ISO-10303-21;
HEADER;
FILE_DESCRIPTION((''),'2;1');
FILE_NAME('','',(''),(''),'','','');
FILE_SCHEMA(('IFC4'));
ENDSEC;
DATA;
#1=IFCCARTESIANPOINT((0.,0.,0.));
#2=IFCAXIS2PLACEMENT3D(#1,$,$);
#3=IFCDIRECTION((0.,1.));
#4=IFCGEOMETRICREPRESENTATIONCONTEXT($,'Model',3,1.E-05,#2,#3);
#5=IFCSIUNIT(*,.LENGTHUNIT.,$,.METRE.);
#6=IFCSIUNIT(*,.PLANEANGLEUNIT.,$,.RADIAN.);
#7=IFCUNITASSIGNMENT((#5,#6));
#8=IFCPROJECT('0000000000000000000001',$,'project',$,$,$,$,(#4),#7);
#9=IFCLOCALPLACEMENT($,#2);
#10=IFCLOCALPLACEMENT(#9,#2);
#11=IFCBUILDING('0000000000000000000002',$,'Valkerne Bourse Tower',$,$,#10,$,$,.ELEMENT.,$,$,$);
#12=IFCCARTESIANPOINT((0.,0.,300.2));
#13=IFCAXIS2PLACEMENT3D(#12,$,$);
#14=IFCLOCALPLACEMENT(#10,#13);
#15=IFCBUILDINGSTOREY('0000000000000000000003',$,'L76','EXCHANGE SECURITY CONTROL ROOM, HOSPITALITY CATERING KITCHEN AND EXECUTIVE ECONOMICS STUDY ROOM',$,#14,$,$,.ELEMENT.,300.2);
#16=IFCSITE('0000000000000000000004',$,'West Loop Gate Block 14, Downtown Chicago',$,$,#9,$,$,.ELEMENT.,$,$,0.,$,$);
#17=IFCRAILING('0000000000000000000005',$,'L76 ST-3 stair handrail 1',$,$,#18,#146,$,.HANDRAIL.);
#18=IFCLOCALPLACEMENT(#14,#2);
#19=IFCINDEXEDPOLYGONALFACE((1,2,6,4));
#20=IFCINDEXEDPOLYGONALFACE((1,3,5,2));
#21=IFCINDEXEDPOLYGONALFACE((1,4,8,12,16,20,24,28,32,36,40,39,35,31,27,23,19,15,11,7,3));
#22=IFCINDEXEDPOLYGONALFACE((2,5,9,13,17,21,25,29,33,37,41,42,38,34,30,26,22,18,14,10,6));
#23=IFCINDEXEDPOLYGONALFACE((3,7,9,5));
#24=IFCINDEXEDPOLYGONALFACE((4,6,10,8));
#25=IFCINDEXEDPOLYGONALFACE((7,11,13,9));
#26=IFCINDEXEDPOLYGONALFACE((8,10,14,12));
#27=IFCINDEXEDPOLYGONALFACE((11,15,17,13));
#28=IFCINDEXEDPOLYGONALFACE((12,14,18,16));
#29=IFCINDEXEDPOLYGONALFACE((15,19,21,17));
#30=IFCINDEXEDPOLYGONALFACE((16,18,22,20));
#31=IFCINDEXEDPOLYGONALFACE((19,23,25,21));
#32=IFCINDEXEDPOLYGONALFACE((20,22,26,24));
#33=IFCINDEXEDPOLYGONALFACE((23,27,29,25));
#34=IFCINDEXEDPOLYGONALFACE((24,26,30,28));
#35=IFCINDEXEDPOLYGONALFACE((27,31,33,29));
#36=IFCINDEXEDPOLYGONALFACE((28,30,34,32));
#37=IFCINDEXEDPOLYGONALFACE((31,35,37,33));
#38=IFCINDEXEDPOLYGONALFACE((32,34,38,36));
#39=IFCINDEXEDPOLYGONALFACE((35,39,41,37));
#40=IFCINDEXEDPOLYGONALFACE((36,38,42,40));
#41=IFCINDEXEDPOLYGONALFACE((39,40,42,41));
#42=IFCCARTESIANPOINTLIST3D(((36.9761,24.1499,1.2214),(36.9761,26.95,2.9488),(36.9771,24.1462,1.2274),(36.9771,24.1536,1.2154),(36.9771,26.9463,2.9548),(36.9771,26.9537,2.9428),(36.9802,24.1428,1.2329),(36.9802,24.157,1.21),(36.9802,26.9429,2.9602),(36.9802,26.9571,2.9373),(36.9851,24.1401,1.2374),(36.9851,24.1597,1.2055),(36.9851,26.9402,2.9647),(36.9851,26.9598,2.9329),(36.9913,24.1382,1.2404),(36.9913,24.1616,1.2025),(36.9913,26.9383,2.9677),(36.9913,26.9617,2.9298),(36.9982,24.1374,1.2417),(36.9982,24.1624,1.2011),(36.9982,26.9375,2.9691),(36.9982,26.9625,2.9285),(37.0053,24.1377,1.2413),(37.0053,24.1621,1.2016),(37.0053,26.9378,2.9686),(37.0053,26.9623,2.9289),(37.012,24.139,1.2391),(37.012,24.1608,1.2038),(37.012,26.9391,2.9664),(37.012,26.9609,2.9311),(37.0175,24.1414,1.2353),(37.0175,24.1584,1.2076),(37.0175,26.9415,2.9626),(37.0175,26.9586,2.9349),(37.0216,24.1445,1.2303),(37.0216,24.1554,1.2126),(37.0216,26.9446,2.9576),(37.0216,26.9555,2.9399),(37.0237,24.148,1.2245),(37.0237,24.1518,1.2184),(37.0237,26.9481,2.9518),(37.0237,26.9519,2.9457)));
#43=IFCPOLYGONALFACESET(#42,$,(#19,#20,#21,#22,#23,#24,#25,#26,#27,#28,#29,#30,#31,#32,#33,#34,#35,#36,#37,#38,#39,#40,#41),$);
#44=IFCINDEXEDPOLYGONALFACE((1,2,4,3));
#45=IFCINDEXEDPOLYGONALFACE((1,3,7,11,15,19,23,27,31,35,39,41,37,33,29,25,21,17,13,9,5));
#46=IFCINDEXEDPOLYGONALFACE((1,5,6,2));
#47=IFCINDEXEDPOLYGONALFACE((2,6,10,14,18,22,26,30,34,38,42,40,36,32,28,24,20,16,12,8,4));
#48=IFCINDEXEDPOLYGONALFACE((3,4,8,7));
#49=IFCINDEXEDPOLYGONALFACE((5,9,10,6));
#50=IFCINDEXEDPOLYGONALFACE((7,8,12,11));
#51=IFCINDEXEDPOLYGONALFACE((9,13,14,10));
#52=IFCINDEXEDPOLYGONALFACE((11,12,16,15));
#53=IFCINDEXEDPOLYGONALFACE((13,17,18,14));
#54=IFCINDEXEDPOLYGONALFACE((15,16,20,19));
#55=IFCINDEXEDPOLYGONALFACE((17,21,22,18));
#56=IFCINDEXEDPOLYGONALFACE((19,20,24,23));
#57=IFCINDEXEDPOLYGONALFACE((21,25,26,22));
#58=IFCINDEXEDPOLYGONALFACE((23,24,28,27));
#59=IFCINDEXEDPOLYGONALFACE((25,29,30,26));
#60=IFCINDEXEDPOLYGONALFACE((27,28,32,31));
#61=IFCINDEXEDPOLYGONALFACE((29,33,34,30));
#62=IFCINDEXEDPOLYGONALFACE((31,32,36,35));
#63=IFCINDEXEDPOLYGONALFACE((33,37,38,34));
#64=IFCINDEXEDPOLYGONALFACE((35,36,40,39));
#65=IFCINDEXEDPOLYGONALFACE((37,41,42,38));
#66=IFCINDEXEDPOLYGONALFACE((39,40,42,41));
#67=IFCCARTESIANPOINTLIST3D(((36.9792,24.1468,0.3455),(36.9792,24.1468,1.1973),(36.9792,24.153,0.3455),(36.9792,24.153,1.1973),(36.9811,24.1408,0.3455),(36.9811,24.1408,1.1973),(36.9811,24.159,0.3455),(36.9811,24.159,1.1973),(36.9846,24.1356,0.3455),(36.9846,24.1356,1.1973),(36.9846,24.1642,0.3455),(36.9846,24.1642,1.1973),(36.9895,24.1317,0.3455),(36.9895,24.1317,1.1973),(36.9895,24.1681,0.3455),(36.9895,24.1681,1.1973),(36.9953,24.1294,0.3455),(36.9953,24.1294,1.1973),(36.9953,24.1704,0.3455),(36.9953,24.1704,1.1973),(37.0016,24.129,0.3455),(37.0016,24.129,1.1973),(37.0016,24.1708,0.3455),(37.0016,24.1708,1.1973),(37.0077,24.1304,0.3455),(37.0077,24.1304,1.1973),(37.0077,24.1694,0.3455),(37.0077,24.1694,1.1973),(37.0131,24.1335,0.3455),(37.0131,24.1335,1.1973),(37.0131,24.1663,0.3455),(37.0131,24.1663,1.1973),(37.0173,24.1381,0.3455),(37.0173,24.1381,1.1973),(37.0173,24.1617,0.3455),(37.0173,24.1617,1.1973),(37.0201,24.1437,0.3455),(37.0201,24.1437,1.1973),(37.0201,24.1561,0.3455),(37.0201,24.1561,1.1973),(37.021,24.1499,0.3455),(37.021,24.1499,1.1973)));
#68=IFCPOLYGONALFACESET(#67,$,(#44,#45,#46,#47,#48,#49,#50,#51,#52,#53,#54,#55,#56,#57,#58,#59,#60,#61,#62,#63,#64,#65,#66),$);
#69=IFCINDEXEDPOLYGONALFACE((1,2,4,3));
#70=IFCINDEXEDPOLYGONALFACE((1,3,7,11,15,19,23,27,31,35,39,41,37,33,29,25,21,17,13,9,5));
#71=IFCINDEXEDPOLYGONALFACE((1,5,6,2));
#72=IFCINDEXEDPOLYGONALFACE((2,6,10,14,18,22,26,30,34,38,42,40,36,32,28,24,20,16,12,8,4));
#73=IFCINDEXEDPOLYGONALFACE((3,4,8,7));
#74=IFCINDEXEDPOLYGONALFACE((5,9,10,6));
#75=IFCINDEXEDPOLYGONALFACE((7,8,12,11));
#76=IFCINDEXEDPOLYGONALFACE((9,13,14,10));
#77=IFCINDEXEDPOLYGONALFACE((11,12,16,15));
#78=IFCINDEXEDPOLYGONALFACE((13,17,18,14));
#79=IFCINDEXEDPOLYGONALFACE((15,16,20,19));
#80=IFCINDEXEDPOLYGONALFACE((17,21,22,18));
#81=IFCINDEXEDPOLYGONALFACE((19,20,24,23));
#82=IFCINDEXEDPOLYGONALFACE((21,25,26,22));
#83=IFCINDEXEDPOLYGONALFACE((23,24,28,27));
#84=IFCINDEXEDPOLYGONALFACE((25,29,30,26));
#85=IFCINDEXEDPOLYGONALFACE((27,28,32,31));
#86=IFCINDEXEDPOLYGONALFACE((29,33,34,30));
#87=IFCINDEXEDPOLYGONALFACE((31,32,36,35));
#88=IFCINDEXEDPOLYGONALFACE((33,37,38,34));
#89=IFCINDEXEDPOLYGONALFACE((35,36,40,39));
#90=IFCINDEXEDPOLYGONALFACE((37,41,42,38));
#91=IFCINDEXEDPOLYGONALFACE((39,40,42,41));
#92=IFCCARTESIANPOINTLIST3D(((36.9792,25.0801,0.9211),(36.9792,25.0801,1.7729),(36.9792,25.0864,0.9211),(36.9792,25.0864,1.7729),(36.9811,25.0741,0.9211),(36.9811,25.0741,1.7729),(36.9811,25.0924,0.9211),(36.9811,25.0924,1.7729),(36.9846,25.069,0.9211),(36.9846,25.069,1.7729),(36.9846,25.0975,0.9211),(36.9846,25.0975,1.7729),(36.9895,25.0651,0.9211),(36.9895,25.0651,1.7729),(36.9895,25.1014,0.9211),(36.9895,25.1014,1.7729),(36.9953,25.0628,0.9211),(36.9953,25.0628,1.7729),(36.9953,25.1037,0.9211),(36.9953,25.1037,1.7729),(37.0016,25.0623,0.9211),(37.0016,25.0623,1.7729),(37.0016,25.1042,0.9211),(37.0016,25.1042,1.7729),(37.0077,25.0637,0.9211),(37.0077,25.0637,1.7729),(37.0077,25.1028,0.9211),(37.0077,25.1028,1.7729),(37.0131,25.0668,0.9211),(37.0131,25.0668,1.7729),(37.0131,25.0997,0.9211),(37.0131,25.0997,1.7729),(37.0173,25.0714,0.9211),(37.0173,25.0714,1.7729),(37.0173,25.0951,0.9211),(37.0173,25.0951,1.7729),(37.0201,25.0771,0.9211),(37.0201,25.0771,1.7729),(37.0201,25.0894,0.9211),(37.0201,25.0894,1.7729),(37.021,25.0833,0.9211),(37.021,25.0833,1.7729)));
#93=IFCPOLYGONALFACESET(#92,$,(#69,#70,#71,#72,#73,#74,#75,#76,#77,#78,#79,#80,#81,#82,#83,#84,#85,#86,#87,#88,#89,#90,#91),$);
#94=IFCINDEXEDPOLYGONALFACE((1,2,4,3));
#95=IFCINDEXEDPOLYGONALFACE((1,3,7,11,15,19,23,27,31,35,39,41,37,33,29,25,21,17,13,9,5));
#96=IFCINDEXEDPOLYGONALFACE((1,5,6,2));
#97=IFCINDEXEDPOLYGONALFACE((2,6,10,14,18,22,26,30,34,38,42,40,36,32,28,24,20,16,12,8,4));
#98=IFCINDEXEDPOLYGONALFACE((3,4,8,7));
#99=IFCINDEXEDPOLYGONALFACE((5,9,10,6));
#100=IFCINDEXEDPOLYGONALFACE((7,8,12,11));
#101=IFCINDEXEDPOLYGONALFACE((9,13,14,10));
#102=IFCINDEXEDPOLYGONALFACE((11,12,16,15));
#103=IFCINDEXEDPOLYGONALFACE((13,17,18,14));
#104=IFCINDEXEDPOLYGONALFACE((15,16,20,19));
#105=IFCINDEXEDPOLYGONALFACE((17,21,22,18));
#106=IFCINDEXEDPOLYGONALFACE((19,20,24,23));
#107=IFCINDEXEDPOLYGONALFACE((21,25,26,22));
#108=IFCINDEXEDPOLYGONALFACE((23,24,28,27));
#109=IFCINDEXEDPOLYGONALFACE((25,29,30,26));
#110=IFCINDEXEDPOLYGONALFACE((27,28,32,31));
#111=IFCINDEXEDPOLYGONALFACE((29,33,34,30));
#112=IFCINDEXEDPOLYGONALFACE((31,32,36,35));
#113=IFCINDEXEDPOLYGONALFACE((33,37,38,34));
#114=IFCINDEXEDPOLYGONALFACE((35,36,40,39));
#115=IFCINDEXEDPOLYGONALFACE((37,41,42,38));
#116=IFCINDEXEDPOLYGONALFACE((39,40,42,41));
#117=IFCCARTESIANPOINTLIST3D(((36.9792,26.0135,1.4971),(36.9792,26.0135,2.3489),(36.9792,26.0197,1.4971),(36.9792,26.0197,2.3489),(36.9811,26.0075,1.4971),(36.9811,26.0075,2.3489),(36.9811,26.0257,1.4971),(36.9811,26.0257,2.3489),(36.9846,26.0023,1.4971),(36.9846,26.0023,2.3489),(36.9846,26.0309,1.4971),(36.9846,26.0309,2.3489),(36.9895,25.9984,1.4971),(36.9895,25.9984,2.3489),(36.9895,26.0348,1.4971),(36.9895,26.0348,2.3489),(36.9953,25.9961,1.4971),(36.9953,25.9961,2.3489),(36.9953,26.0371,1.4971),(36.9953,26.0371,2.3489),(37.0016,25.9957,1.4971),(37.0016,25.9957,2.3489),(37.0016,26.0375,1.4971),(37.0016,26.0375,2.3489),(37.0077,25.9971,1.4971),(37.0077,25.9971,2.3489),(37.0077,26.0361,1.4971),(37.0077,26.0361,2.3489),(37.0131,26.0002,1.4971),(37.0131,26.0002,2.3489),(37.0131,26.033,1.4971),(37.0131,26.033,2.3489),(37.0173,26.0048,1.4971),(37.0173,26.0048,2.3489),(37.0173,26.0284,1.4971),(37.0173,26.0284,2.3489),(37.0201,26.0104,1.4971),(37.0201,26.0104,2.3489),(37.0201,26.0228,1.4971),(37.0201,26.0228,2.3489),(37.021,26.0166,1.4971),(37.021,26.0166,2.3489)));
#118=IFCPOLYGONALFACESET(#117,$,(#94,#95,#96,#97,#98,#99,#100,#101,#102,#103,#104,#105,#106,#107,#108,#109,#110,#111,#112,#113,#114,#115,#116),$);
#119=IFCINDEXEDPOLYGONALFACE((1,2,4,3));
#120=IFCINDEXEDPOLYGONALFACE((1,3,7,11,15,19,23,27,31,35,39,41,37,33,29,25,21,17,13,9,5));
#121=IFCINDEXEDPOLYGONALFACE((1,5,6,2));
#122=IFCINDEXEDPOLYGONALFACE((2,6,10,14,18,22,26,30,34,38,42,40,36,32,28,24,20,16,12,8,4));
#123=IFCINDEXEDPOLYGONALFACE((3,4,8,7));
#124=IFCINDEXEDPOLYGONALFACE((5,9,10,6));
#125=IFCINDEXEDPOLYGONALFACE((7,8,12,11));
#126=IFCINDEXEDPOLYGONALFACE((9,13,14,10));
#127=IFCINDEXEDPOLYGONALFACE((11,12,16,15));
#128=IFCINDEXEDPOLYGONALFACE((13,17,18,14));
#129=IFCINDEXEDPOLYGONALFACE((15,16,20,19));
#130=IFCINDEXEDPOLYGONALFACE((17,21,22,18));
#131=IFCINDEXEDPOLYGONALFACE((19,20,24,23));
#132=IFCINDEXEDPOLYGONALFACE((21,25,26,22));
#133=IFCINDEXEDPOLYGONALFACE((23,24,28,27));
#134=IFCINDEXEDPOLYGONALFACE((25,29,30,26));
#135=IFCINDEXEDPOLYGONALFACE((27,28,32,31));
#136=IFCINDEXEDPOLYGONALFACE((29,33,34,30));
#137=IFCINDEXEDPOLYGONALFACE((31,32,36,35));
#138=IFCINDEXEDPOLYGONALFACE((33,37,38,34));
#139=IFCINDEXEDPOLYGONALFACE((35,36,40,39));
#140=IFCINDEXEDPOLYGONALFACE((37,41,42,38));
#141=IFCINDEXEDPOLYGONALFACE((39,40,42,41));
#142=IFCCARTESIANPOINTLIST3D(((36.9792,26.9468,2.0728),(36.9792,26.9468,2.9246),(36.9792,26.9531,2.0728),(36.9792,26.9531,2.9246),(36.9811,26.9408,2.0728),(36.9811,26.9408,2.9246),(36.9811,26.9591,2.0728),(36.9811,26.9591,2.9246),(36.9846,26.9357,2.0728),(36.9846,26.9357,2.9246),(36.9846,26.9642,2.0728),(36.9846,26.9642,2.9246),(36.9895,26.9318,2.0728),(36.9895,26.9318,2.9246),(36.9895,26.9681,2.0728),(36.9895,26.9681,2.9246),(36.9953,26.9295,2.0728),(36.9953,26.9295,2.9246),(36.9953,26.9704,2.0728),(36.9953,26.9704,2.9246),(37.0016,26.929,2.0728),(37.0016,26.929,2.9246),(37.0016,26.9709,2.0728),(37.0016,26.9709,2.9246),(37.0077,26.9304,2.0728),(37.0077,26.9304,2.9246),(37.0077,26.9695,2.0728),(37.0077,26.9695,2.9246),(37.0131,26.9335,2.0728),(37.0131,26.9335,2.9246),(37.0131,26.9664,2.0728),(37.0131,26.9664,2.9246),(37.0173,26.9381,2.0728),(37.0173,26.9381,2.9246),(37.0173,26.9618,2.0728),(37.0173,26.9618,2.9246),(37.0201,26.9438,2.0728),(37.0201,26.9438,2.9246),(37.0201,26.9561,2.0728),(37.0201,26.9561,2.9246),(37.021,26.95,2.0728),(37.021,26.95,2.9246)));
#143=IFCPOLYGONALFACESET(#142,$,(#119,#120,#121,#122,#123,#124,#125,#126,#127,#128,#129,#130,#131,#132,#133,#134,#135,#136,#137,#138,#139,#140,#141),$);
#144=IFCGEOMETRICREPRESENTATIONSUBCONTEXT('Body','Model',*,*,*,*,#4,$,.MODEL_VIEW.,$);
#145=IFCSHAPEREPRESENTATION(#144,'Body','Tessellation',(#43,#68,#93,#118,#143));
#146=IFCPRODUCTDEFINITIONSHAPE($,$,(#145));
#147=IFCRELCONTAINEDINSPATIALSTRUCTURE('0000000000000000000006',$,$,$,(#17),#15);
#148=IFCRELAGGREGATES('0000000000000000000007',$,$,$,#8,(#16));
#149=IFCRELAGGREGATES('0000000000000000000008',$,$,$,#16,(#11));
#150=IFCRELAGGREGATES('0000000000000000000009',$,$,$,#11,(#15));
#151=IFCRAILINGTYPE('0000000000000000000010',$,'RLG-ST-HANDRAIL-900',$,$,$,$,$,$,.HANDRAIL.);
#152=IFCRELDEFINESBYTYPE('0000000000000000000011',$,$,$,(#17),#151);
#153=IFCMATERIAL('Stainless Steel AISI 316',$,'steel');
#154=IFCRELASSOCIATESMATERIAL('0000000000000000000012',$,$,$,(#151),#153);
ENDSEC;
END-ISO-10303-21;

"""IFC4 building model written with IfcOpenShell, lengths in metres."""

from ifc_helpers import new_model, si_unit, direction, frame, origin, origin_2d, place, context, subcontext, project, spatial, circle, extrude, material, type_object, element, save


model = new_model("IFC4")

# Units and contexts
model_context = context("Model", 3, precision=1e-05, world=origin(), true_north=direction((0.0, 1.0)))
body_context = subcontext(model_context, "Body", "Model", "MODEL_VIEW")
ifc_project = project(units=[si_unit("LENGTHUNIT", "METRE"), si_unit("PLANEANGLEUNIT", "RADIAN")], contexts=[model_context])

# Site, building, storey
site_placement = place(None, origin())
site = spatial("IfcSite", under=ifc_project, at=site_placement, Name="West Loop Gate Block 14, Downtown Chicago", CompositionType="ELEMENT", RefElevation=0.0)
building_placement = place(site_placement, origin())
building = spatial("IfcBuilding", under=site, at=building_placement, Name="Valkerne Bourse Tower", CompositionType="ELEMENT")
storey_placement = place(building_placement, frame((0.0, 0.0, 300.2)))
storey = spatial("IfcBuildingStorey", under=building, at=storey_placement, Name="L76", Description="EXCHANGE SECURITY CONTROL ROOM, HOSPITALITY CATERING KITCHEN AND EXECUTIVE ECONOMICS STUDY ROOM", CompositionType="ELEMENT", Elevation=300.2)

# Shared definitions
ifc_material_1 = material(Name="Stainless Steel AISI 316", Category="steel")

# Railing
railing_type_1 = type_object("IfcRailingType", Name="RLG-ST-HANDRAIL-900", PredefinedType="HANDRAIL", material=ifc_material_1)
railing_1_placement = place(storey_placement, frame((37.0, 24.1499, 0.3455)))
element("IfcRailing", 1, at=railing_1_placement, inside=storey, type_object=railing_type_1, Name="L76 ST-3 stair handrail 1", PredefinedType="HANDRAIL", context=body_context, shape_type="SweptSolid", body=[
    extrude(circle(Radius=0.0239, at=origin_2d()), frame((0.0, 0.0, 0.876), z_axis=(0.0, 0.85109, 0.52502), x_axis=(-1.0, 0.0, 0.0)), (0.0, 0.0, 1.0), 3.29),
    extrude(circle(Radius=0.021, at=origin_2d()), origin(), (0.0, 0.0, 1.0), 0.8518),
    extrude(circle(Radius=0.021, at=origin_2d()), frame((0.0, 0.9333, 0.5757)), (0.0, 0.0, 1.0), 0.8518),
    extrude(circle(Radius=0.021, at=origin_2d()), frame((0.0, 1.8667, 1.1516)), (0.0, 0.0, 1.0), 0.8518),
    extrude(circle(Radius=0.021, at=origin_2d()), frame((0.0, 2.8, 1.7273)), (0.0, 0.0, 1.0), 0.8518),
])

save(model, "model.ifc")
